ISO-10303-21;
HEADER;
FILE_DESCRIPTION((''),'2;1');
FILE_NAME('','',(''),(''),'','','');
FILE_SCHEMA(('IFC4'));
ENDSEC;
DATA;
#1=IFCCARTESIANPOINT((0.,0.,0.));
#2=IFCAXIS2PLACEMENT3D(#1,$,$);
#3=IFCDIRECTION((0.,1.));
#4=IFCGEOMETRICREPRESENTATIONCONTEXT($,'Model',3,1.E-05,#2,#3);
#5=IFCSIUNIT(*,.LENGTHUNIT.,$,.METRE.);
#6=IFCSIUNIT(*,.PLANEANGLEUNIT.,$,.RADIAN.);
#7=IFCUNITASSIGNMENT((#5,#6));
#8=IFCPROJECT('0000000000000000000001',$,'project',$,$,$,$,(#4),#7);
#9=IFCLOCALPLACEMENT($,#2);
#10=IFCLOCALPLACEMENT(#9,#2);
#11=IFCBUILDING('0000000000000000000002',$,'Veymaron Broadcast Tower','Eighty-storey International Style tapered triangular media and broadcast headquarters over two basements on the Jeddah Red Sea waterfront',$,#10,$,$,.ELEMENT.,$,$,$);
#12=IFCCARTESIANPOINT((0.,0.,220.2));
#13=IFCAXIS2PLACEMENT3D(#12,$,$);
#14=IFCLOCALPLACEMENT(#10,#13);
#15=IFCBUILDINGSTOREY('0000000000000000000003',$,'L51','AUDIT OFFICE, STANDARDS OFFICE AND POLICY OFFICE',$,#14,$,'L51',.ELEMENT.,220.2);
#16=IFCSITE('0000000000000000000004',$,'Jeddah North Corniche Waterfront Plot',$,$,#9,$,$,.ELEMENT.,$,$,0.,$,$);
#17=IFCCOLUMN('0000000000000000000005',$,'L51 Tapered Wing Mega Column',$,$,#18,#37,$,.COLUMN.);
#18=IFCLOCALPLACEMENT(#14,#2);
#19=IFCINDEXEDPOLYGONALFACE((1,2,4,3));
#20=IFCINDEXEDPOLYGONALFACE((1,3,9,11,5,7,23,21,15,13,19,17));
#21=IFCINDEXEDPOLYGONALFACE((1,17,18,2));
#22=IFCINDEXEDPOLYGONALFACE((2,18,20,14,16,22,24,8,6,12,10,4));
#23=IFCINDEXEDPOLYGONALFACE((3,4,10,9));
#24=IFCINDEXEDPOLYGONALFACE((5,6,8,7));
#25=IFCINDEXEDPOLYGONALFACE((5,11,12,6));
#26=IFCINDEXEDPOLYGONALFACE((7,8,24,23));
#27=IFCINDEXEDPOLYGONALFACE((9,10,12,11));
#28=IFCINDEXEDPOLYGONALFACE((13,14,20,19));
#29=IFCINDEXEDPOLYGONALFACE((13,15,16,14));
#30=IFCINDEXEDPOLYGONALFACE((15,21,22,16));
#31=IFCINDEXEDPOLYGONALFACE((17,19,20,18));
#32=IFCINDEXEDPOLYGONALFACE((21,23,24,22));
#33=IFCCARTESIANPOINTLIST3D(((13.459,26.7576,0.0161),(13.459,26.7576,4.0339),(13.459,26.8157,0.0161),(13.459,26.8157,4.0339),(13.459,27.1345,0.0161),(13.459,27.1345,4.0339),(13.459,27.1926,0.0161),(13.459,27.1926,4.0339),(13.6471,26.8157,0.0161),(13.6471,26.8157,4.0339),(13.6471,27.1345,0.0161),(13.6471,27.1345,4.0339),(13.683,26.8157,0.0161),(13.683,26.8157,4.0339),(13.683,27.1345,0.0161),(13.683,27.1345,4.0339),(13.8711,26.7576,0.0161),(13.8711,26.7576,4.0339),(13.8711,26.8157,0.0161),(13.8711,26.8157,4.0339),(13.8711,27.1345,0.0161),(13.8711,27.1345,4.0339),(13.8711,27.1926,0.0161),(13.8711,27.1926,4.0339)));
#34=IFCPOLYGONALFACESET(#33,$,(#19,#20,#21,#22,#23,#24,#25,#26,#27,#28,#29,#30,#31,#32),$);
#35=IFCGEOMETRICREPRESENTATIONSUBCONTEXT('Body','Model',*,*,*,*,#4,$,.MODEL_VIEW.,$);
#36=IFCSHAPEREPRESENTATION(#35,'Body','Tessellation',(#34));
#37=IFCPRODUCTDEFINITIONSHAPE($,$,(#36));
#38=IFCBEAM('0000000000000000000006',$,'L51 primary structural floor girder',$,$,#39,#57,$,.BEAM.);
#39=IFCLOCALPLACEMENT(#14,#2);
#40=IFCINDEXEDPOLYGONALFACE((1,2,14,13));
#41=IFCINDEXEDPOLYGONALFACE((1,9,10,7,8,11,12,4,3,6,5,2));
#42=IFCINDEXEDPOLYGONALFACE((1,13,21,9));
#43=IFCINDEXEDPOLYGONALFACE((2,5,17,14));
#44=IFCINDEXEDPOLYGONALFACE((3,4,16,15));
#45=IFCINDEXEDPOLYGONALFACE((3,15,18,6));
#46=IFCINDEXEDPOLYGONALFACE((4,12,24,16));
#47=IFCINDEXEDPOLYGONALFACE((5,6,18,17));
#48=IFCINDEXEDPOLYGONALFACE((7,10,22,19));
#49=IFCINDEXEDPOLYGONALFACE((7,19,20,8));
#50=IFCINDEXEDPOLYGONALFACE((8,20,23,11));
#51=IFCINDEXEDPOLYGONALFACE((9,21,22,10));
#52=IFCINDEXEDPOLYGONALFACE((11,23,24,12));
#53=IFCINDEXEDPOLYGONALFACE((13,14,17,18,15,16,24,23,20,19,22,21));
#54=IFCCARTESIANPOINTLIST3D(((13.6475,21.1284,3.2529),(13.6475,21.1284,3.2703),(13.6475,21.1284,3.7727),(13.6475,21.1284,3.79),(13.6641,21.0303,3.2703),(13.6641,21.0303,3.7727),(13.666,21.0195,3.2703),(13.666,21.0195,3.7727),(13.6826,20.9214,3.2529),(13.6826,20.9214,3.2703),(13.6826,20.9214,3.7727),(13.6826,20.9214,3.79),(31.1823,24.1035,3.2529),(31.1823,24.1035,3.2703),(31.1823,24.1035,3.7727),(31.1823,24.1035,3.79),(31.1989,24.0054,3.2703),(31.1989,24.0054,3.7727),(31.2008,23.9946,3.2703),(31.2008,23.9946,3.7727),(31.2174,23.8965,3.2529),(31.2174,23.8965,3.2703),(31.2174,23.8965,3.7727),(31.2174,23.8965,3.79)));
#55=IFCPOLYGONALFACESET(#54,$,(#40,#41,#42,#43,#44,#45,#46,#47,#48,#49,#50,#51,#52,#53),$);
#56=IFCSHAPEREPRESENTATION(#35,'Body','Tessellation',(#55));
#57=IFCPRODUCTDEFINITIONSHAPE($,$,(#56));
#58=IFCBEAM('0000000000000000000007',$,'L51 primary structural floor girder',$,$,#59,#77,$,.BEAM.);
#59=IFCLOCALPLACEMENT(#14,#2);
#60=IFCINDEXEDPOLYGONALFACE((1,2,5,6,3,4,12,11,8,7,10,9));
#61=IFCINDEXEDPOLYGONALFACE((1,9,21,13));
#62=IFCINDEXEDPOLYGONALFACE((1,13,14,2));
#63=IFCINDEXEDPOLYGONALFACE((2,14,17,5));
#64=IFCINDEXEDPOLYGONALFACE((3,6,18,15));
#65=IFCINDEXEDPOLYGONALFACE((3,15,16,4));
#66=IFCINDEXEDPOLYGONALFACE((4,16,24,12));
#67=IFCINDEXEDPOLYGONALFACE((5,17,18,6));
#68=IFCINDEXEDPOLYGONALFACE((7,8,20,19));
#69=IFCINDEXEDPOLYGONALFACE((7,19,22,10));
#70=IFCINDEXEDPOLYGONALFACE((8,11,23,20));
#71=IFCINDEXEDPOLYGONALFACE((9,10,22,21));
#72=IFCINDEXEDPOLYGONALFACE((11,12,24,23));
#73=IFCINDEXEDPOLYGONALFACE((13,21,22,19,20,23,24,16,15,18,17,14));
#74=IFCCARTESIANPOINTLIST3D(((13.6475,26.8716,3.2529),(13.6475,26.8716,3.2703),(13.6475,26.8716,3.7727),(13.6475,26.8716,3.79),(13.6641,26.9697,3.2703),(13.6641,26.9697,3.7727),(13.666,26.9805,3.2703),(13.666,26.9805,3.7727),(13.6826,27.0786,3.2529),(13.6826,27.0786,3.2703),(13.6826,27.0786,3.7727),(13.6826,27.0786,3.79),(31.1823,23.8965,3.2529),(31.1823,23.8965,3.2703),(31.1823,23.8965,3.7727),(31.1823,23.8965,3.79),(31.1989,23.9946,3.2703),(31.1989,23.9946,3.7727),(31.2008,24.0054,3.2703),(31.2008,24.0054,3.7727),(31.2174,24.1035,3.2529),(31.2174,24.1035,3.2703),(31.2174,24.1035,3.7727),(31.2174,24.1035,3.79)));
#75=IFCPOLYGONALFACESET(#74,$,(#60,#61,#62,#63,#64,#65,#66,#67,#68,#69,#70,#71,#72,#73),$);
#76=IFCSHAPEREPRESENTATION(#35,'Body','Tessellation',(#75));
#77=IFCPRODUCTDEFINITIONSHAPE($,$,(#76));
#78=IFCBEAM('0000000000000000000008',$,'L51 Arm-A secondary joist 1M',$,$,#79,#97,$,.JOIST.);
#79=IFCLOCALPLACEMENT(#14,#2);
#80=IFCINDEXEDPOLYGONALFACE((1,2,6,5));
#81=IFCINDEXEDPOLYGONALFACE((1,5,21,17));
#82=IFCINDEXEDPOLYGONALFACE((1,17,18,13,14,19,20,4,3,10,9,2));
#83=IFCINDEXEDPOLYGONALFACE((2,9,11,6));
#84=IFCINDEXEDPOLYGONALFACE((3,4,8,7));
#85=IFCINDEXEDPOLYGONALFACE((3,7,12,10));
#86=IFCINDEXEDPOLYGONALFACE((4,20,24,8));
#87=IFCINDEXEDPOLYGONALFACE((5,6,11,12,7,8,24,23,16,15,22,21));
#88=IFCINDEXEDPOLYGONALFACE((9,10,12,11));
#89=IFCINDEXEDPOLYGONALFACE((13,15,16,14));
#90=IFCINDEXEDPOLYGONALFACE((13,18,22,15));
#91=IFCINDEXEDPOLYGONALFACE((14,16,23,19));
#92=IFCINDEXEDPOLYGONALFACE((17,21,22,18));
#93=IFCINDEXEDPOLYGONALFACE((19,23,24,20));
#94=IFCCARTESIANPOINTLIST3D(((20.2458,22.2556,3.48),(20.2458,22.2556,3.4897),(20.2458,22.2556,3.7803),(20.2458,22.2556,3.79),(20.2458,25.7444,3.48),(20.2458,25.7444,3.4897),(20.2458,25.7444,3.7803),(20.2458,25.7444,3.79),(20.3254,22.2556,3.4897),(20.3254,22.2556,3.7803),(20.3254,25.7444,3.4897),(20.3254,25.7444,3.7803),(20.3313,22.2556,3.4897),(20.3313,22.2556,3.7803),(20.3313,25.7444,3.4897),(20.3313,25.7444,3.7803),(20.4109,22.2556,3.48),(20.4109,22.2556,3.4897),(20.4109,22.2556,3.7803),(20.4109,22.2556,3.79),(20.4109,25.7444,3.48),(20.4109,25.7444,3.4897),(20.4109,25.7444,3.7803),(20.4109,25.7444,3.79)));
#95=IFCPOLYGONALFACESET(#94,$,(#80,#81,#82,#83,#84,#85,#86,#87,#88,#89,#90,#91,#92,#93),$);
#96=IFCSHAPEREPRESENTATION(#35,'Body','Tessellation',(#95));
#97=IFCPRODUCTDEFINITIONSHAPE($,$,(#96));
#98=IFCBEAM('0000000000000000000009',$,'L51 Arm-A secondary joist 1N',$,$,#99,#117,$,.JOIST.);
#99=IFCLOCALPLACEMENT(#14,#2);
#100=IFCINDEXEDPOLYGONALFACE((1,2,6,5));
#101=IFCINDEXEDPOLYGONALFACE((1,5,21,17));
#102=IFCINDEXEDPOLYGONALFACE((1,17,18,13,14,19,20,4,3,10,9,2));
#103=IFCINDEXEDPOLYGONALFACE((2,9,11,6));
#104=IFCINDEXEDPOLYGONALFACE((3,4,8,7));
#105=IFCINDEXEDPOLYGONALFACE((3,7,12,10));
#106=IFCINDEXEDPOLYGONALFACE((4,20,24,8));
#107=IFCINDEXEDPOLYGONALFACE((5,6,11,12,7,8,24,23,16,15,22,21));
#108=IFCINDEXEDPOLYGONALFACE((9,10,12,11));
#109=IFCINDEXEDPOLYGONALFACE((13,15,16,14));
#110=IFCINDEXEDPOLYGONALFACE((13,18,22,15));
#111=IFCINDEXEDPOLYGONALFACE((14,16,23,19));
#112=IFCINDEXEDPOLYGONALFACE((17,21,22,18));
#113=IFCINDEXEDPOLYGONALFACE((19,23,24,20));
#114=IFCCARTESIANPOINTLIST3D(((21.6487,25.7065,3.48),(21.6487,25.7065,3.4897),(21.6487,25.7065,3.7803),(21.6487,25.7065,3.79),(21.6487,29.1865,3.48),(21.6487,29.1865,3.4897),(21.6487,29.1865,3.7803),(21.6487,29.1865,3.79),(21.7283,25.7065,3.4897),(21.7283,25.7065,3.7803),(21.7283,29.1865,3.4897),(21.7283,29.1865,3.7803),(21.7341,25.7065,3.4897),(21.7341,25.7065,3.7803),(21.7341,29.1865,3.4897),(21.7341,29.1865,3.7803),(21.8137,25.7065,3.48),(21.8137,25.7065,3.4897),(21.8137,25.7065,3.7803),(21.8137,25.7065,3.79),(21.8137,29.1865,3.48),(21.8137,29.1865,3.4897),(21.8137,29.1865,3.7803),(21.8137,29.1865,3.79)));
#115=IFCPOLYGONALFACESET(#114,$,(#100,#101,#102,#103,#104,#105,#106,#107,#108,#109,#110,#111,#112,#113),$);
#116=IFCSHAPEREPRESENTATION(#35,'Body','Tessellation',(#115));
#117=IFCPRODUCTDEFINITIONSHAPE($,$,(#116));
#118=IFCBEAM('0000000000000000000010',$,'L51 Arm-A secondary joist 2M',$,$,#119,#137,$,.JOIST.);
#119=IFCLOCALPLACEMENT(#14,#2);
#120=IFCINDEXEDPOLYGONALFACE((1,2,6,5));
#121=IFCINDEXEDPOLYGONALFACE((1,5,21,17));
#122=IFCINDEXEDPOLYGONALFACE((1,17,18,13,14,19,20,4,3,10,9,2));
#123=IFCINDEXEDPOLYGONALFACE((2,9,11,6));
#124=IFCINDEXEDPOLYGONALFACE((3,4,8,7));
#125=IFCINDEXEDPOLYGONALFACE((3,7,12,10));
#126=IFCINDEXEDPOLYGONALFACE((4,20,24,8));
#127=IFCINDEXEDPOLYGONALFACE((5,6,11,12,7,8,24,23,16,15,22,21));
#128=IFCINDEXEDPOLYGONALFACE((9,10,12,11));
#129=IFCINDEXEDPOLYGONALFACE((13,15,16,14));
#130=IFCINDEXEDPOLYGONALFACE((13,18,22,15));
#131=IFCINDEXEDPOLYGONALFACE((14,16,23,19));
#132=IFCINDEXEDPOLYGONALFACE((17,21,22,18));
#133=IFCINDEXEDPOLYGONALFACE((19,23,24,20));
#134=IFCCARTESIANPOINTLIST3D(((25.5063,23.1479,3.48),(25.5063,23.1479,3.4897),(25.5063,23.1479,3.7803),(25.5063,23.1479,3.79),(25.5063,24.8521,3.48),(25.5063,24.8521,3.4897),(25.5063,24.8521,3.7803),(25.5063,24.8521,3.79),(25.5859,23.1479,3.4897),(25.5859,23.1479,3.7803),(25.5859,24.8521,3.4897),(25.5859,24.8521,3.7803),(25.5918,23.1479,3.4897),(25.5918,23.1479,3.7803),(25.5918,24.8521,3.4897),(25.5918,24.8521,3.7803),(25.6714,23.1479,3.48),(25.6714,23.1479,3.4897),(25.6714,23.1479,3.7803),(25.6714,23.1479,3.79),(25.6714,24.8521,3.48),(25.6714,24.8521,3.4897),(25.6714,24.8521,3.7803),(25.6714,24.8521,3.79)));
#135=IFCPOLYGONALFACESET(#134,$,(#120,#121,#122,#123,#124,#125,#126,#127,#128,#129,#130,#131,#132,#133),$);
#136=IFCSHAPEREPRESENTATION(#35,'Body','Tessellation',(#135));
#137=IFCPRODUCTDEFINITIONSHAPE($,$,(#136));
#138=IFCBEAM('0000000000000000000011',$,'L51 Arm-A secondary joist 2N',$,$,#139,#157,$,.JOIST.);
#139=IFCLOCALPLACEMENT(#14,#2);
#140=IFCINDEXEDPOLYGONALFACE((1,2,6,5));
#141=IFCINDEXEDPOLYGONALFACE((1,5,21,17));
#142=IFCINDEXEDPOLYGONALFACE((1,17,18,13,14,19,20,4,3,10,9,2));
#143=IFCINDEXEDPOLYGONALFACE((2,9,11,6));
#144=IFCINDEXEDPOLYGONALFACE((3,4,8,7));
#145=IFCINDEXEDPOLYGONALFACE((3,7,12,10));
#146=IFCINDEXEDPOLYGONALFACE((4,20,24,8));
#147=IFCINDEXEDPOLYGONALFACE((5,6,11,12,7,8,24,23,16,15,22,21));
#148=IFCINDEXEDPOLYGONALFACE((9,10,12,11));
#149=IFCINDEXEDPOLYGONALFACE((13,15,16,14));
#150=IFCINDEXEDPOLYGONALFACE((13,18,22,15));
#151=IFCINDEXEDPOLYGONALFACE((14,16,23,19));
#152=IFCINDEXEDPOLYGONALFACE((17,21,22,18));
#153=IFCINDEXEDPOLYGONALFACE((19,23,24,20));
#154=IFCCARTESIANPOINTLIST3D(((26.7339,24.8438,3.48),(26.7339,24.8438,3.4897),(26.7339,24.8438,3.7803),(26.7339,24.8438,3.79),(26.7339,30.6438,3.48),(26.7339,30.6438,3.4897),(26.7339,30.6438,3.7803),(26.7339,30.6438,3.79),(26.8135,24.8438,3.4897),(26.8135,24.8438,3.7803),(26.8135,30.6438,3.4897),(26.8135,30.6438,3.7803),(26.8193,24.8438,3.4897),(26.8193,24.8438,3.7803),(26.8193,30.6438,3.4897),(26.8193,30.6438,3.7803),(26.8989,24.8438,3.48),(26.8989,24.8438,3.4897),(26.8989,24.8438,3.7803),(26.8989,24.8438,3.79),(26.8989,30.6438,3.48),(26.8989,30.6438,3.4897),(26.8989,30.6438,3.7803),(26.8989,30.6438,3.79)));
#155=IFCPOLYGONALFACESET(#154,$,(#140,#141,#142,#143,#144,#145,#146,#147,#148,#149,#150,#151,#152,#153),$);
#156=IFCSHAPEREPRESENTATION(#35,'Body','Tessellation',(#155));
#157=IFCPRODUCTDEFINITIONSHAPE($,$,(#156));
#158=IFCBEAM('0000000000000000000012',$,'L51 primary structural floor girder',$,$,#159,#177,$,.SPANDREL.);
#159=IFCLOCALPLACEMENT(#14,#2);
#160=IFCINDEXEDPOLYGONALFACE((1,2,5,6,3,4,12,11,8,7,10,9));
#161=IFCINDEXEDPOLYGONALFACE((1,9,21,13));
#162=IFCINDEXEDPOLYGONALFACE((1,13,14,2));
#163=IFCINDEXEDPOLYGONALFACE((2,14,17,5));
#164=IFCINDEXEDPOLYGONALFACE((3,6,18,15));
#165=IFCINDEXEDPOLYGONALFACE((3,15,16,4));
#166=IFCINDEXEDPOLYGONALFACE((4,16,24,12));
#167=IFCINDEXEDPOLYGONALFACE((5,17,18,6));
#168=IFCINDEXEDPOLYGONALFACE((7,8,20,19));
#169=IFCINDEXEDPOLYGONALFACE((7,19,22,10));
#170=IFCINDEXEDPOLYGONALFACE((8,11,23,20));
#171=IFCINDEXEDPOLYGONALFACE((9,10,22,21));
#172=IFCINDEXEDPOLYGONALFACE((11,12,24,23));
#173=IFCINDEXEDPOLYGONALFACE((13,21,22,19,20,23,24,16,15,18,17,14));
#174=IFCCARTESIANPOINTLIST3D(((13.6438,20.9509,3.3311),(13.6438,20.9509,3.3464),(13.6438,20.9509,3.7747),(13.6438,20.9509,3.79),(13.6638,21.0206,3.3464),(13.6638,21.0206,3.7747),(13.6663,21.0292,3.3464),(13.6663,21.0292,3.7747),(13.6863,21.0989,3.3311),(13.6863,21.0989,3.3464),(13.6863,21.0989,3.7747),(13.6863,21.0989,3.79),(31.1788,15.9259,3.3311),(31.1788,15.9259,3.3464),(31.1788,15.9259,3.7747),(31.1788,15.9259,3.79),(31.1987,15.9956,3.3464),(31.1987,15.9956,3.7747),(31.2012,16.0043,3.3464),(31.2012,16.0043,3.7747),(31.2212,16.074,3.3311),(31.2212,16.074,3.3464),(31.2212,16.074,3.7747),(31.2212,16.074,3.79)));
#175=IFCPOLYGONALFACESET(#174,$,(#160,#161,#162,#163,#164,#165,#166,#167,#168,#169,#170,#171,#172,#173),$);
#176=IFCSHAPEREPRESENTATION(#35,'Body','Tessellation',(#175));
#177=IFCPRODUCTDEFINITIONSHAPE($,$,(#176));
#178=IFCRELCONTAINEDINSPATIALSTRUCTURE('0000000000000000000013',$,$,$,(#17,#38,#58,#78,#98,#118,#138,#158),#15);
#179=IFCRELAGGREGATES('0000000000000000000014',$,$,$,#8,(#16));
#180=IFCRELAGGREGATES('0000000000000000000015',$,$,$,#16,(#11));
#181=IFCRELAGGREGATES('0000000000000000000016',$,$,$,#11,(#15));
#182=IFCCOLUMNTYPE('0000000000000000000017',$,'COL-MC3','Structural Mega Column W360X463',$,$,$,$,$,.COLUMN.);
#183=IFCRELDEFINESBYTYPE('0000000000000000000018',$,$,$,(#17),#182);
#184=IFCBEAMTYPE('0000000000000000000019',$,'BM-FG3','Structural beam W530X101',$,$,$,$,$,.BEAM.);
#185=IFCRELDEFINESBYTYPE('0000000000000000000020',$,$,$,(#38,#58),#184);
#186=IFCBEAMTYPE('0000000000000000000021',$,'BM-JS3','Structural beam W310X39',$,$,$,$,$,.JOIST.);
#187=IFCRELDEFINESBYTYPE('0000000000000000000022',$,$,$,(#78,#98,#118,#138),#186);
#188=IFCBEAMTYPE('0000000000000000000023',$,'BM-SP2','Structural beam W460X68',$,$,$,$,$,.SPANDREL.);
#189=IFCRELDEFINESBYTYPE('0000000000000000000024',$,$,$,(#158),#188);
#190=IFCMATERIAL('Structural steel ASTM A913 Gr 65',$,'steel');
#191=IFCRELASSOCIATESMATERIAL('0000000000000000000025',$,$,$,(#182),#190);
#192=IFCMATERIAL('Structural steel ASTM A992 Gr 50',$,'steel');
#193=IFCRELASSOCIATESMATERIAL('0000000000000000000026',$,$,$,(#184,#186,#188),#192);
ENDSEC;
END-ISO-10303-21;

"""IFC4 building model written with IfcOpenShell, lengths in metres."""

from ifc_helpers import new_model, si_unit, direction, frame, origin, origin_2d, place, context, subcontext, project, spatial, i_section, extrude, material, material_profile, profile_set, type_object, element, save


model = new_model("IFC4")

# Units and contexts
model_context = context("Model", 3, precision=1e-05, world=origin(), true_north=direction((0.0, 1.0)))
body_context = subcontext(model_context, "Body", "Model", "MODEL_VIEW")
ifc_project = project(units=[si_unit("LENGTHUNIT", "METRE"), si_unit("PLANEANGLEUNIT", "RADIAN")], contexts=[model_context])

# Site, building, storey
site_placement = place(None, origin())
site = spatial("IfcSite", under=ifc_project, at=site_placement, Name="Jeddah North Corniche Waterfront Plot", CompositionType="ELEMENT", RefElevation=0.0)
building_placement = place(site_placement, origin())
building = spatial("IfcBuilding", under=site, at=building_placement, Name="Veymaron Broadcast Tower", Description="Eighty-storey International Style tapered triangular media and broadcast headquarters over two basements on the Jeddah Red Sea waterfront", CompositionType="ELEMENT")
storey_placement = place(building_placement, frame((0.0, 0.0, 220.2)))
storey = spatial("IfcBuildingStorey", under=building, at=storey_placement, Name="L51", Description="AUDIT OFFICE, STANDARDS OFFICE AND POLICY OFFICE", LongName="L51", CompositionType="ELEMENT", Elevation=220.2)

# Column
ifc_material_1 = material(Name="Structural steel ASTM A913 Gr 65", Category="steel")
ifc_material_profile_1 = material_profile(ifc_material_1, i_section(OverallWidth=0.4121, OverallDepth=0.4351, WebThickness=0.0359, FlangeThickness=0.0581, at=origin_2d()), Name="W360X463")
ifc_profile_set_1 = profile_set([ifc_material_profile_1], Name="Structural steel ASTM A913 Gr 65")
column_type = type_object("IfcColumnType", Name="COL-MC3", Description="Structural Mega Column W360X463", PredefinedType="COLUMN", material=ifc_profile_set_1)
column_placement = place(storey_placement, frame((13.665, 26.9751, 0.0161), z_axis=(0.0, 0.0, 1.0), x_axis=(1.0, 0.0, 0.0)))
element("IfcColumn", 1, at=column_placement, inside=storey, type_object=column_type, Name="L51 Tapered Wing Mega Column", PredefinedType="COLUMN", context=body_context, shape_type="SweptSolid", body=[
    extrude(i_section(OverallWidth=0.4121, OverallDepth=0.4351, WebThickness=0.0359, FlangeThickness=0.0581, at=origin_2d()), origin(), (0.0, 0.0, 1.0), 4.0178),
])

# Beams
ifc_material_2 = material(Name="Structural steel ASTM A992 Gr 50", Category="steel")
ifc_material_profile_2 = material_profile(ifc_material_2, i_section(OverallWidth=0.21, OverallDepth=0.5371, WebThickness=0.011, FlangeThickness=0.0173, at=origin_2d()), Name="W530X101")
ifc_profile_set_2 = profile_set([ifc_material_profile_2], Name="Structural steel ASTM A992 Gr 50")
beam_type_1 = type_object("IfcBeamType", Name="BM-FG3", Description="Structural beam W530X101", PredefinedType="BEAM", material=ifc_profile_set_2)
for number, where, z_axis, x_axis, name in (
    (2, (13.665, 21.0249, 3.5215), (0.98591, 0.167276, 0.0), (-0.167276, 0.98591, 0.0), "L51 primary structural floor girder"),
    (3, (13.665, 26.9751, 3.5215), (0.98591, -0.167276, 0.0), (0.167276, 0.98591, 0.0), "L51 primary structural floor girder"),
):
    element("IfcBeam", number, at=place(storey_placement, frame(where, z_axis=z_axis, x_axis=x_axis)), inside=storey, type_object=beam_type_1, Name=name, PredefinedType="BEAM", context=body_context, shape_type="SweptSolid", body=[
        extrude(i_section(OverallWidth=0.21, OverallDepth=0.5371, WebThickness=0.011, FlangeThickness=0.0173, at=origin_2d()), origin(), (0.0, 0.0, 1.0), 17.7854),
    ])
ifc_material_profile_3 = material_profile(ifc_material_2, i_section(OverallWidth=0.165, OverallDepth=0.3101, WebThickness=0.0059, FlangeThickness=0.0098, at=origin_2d()), Name="W310X39")
ifc_profile_set_3 = profile_set([ifc_material_profile_3], Name="Structural steel ASTM A992 Gr 50")
beam_type_2 = type_object("IfcBeamType", Name="BM-JS3", Description="Structural beam W310X39", PredefinedType="JOIST", material=ifc_profile_set_3)
beam_1_placement = place(storey_placement, frame((20.3284, 22.2556, 3.635), z_axis=(0.0, 1.0, 0.0), x_axis=(-1.0, 0.0, 0.0)))
element("IfcBeam", 4, at=beam_1_placement, inside=storey, type_object=beam_type_2, Name="L51 Arm-A secondary joist 1M", PredefinedType="JOIST", context=body_context, shape_type="SweptSolid", body=[
    extrude(i_section(OverallWidth=0.165, OverallDepth=0.3101, WebThickness=0.0059, FlangeThickness=0.0098, at=origin_2d()), origin(), (0.0, 0.0, 1.0), 3.4888),
])
beam_2_placement = place(storey_placement, frame((21.7312, 25.7065, 3.635), z_axis=(0.0, 1.0, 0.0), x_axis=(-1.0, 0.0, 0.0)))
element("IfcBeam", 5, at=beam_2_placement, inside=storey, type_object=beam_type_2, Name="L51 Arm-A secondary joist 1N", PredefinedType="JOIST", context=body_context, shape_type="SweptSolid", body=[
    extrude(i_section(OverallWidth=0.165, OverallDepth=0.3101, WebThickness=0.0059, FlangeThickness=0.0098, at=origin_2d()), origin(), (0.0, 0.0, 1.0), 3.48),
])
beam_3_placement = place(storey_placement, frame((25.5889, 23.1479, 3.635), z_axis=(0.0, 1.0, 0.0), x_axis=(-1.0, 0.0, 0.0)))
element("IfcBeam", 6, at=beam_3_placement, inside=storey, type_object=beam_type_2, Name="L51 Arm-A secondary joist 2M", PredefinedType="JOIST", context=body_context, shape_type="SweptSolid", body=[
    extrude(i_section(OverallWidth=0.165, OverallDepth=0.3101, WebThickness=0.0059, FlangeThickness=0.0098, at=origin_2d()), origin(), (0.0, 0.0, 1.0), 1.7041),
])
beam_4_placement = place(storey_placement, frame((26.8164, 24.8438, 3.635), z_axis=(0.0, 1.0, 0.0), x_axis=(-1.0, 0.0, 0.0)))
element("IfcBeam", 7, at=beam_4_placement, inside=storey, type_object=beam_type_2, Name="L51 Arm-A secondary joist 2N", PredefinedType="JOIST", context=body_context, shape_type="SweptSolid", body=[
    extrude(i_section(OverallWidth=0.165, OverallDepth=0.3101, WebThickness=0.0059, FlangeThickness=0.0098, at=origin_2d()), origin(), (0.0, 0.0, 1.0), 5.8),
])
ifc_material_profile_4 = material_profile(ifc_material_2, i_section(OverallWidth=0.1541, OverallDepth=0.459, WebThickness=0.009, FlangeThickness=0.0154, at=origin_2d()), Name="W460X68")
ifc_profile_set_4 = profile_set([ifc_material_profile_4], Name="Structural steel ASTM A992 Gr 50")
beam_type_3 = type_object("IfcBeamType", Name="BM-SP2", Description="Structural beam W460X68", PredefinedType="SPANDREL", material=ifc_profile_set_4)
for number, where, z_axis, x_axis, name in (
    (8, (13.665, 21.0249, 3.5605), (0.961307, -0.275478, 0.0), (0.275478, 0.961307, 0.0), "L51 primary structural floor girder"),
):
    element("IfcBeam", number, at=place(storey_placement, frame(where, z_axis=z_axis, x_axis=x_axis)), inside=storey, type_object=beam_type_3, Name=name, PredefinedType="SPANDREL", context=body_context, shape_type="SweptSolid", body=[
        extrude(i_section(OverallWidth=0.1541, OverallDepth=0.459, WebThickness=0.009, FlangeThickness=0.0154, at=origin_2d()), origin(), (0.0, 0.0, 1.0), 18.2407),
    ])

save(model, "model.ifc")
